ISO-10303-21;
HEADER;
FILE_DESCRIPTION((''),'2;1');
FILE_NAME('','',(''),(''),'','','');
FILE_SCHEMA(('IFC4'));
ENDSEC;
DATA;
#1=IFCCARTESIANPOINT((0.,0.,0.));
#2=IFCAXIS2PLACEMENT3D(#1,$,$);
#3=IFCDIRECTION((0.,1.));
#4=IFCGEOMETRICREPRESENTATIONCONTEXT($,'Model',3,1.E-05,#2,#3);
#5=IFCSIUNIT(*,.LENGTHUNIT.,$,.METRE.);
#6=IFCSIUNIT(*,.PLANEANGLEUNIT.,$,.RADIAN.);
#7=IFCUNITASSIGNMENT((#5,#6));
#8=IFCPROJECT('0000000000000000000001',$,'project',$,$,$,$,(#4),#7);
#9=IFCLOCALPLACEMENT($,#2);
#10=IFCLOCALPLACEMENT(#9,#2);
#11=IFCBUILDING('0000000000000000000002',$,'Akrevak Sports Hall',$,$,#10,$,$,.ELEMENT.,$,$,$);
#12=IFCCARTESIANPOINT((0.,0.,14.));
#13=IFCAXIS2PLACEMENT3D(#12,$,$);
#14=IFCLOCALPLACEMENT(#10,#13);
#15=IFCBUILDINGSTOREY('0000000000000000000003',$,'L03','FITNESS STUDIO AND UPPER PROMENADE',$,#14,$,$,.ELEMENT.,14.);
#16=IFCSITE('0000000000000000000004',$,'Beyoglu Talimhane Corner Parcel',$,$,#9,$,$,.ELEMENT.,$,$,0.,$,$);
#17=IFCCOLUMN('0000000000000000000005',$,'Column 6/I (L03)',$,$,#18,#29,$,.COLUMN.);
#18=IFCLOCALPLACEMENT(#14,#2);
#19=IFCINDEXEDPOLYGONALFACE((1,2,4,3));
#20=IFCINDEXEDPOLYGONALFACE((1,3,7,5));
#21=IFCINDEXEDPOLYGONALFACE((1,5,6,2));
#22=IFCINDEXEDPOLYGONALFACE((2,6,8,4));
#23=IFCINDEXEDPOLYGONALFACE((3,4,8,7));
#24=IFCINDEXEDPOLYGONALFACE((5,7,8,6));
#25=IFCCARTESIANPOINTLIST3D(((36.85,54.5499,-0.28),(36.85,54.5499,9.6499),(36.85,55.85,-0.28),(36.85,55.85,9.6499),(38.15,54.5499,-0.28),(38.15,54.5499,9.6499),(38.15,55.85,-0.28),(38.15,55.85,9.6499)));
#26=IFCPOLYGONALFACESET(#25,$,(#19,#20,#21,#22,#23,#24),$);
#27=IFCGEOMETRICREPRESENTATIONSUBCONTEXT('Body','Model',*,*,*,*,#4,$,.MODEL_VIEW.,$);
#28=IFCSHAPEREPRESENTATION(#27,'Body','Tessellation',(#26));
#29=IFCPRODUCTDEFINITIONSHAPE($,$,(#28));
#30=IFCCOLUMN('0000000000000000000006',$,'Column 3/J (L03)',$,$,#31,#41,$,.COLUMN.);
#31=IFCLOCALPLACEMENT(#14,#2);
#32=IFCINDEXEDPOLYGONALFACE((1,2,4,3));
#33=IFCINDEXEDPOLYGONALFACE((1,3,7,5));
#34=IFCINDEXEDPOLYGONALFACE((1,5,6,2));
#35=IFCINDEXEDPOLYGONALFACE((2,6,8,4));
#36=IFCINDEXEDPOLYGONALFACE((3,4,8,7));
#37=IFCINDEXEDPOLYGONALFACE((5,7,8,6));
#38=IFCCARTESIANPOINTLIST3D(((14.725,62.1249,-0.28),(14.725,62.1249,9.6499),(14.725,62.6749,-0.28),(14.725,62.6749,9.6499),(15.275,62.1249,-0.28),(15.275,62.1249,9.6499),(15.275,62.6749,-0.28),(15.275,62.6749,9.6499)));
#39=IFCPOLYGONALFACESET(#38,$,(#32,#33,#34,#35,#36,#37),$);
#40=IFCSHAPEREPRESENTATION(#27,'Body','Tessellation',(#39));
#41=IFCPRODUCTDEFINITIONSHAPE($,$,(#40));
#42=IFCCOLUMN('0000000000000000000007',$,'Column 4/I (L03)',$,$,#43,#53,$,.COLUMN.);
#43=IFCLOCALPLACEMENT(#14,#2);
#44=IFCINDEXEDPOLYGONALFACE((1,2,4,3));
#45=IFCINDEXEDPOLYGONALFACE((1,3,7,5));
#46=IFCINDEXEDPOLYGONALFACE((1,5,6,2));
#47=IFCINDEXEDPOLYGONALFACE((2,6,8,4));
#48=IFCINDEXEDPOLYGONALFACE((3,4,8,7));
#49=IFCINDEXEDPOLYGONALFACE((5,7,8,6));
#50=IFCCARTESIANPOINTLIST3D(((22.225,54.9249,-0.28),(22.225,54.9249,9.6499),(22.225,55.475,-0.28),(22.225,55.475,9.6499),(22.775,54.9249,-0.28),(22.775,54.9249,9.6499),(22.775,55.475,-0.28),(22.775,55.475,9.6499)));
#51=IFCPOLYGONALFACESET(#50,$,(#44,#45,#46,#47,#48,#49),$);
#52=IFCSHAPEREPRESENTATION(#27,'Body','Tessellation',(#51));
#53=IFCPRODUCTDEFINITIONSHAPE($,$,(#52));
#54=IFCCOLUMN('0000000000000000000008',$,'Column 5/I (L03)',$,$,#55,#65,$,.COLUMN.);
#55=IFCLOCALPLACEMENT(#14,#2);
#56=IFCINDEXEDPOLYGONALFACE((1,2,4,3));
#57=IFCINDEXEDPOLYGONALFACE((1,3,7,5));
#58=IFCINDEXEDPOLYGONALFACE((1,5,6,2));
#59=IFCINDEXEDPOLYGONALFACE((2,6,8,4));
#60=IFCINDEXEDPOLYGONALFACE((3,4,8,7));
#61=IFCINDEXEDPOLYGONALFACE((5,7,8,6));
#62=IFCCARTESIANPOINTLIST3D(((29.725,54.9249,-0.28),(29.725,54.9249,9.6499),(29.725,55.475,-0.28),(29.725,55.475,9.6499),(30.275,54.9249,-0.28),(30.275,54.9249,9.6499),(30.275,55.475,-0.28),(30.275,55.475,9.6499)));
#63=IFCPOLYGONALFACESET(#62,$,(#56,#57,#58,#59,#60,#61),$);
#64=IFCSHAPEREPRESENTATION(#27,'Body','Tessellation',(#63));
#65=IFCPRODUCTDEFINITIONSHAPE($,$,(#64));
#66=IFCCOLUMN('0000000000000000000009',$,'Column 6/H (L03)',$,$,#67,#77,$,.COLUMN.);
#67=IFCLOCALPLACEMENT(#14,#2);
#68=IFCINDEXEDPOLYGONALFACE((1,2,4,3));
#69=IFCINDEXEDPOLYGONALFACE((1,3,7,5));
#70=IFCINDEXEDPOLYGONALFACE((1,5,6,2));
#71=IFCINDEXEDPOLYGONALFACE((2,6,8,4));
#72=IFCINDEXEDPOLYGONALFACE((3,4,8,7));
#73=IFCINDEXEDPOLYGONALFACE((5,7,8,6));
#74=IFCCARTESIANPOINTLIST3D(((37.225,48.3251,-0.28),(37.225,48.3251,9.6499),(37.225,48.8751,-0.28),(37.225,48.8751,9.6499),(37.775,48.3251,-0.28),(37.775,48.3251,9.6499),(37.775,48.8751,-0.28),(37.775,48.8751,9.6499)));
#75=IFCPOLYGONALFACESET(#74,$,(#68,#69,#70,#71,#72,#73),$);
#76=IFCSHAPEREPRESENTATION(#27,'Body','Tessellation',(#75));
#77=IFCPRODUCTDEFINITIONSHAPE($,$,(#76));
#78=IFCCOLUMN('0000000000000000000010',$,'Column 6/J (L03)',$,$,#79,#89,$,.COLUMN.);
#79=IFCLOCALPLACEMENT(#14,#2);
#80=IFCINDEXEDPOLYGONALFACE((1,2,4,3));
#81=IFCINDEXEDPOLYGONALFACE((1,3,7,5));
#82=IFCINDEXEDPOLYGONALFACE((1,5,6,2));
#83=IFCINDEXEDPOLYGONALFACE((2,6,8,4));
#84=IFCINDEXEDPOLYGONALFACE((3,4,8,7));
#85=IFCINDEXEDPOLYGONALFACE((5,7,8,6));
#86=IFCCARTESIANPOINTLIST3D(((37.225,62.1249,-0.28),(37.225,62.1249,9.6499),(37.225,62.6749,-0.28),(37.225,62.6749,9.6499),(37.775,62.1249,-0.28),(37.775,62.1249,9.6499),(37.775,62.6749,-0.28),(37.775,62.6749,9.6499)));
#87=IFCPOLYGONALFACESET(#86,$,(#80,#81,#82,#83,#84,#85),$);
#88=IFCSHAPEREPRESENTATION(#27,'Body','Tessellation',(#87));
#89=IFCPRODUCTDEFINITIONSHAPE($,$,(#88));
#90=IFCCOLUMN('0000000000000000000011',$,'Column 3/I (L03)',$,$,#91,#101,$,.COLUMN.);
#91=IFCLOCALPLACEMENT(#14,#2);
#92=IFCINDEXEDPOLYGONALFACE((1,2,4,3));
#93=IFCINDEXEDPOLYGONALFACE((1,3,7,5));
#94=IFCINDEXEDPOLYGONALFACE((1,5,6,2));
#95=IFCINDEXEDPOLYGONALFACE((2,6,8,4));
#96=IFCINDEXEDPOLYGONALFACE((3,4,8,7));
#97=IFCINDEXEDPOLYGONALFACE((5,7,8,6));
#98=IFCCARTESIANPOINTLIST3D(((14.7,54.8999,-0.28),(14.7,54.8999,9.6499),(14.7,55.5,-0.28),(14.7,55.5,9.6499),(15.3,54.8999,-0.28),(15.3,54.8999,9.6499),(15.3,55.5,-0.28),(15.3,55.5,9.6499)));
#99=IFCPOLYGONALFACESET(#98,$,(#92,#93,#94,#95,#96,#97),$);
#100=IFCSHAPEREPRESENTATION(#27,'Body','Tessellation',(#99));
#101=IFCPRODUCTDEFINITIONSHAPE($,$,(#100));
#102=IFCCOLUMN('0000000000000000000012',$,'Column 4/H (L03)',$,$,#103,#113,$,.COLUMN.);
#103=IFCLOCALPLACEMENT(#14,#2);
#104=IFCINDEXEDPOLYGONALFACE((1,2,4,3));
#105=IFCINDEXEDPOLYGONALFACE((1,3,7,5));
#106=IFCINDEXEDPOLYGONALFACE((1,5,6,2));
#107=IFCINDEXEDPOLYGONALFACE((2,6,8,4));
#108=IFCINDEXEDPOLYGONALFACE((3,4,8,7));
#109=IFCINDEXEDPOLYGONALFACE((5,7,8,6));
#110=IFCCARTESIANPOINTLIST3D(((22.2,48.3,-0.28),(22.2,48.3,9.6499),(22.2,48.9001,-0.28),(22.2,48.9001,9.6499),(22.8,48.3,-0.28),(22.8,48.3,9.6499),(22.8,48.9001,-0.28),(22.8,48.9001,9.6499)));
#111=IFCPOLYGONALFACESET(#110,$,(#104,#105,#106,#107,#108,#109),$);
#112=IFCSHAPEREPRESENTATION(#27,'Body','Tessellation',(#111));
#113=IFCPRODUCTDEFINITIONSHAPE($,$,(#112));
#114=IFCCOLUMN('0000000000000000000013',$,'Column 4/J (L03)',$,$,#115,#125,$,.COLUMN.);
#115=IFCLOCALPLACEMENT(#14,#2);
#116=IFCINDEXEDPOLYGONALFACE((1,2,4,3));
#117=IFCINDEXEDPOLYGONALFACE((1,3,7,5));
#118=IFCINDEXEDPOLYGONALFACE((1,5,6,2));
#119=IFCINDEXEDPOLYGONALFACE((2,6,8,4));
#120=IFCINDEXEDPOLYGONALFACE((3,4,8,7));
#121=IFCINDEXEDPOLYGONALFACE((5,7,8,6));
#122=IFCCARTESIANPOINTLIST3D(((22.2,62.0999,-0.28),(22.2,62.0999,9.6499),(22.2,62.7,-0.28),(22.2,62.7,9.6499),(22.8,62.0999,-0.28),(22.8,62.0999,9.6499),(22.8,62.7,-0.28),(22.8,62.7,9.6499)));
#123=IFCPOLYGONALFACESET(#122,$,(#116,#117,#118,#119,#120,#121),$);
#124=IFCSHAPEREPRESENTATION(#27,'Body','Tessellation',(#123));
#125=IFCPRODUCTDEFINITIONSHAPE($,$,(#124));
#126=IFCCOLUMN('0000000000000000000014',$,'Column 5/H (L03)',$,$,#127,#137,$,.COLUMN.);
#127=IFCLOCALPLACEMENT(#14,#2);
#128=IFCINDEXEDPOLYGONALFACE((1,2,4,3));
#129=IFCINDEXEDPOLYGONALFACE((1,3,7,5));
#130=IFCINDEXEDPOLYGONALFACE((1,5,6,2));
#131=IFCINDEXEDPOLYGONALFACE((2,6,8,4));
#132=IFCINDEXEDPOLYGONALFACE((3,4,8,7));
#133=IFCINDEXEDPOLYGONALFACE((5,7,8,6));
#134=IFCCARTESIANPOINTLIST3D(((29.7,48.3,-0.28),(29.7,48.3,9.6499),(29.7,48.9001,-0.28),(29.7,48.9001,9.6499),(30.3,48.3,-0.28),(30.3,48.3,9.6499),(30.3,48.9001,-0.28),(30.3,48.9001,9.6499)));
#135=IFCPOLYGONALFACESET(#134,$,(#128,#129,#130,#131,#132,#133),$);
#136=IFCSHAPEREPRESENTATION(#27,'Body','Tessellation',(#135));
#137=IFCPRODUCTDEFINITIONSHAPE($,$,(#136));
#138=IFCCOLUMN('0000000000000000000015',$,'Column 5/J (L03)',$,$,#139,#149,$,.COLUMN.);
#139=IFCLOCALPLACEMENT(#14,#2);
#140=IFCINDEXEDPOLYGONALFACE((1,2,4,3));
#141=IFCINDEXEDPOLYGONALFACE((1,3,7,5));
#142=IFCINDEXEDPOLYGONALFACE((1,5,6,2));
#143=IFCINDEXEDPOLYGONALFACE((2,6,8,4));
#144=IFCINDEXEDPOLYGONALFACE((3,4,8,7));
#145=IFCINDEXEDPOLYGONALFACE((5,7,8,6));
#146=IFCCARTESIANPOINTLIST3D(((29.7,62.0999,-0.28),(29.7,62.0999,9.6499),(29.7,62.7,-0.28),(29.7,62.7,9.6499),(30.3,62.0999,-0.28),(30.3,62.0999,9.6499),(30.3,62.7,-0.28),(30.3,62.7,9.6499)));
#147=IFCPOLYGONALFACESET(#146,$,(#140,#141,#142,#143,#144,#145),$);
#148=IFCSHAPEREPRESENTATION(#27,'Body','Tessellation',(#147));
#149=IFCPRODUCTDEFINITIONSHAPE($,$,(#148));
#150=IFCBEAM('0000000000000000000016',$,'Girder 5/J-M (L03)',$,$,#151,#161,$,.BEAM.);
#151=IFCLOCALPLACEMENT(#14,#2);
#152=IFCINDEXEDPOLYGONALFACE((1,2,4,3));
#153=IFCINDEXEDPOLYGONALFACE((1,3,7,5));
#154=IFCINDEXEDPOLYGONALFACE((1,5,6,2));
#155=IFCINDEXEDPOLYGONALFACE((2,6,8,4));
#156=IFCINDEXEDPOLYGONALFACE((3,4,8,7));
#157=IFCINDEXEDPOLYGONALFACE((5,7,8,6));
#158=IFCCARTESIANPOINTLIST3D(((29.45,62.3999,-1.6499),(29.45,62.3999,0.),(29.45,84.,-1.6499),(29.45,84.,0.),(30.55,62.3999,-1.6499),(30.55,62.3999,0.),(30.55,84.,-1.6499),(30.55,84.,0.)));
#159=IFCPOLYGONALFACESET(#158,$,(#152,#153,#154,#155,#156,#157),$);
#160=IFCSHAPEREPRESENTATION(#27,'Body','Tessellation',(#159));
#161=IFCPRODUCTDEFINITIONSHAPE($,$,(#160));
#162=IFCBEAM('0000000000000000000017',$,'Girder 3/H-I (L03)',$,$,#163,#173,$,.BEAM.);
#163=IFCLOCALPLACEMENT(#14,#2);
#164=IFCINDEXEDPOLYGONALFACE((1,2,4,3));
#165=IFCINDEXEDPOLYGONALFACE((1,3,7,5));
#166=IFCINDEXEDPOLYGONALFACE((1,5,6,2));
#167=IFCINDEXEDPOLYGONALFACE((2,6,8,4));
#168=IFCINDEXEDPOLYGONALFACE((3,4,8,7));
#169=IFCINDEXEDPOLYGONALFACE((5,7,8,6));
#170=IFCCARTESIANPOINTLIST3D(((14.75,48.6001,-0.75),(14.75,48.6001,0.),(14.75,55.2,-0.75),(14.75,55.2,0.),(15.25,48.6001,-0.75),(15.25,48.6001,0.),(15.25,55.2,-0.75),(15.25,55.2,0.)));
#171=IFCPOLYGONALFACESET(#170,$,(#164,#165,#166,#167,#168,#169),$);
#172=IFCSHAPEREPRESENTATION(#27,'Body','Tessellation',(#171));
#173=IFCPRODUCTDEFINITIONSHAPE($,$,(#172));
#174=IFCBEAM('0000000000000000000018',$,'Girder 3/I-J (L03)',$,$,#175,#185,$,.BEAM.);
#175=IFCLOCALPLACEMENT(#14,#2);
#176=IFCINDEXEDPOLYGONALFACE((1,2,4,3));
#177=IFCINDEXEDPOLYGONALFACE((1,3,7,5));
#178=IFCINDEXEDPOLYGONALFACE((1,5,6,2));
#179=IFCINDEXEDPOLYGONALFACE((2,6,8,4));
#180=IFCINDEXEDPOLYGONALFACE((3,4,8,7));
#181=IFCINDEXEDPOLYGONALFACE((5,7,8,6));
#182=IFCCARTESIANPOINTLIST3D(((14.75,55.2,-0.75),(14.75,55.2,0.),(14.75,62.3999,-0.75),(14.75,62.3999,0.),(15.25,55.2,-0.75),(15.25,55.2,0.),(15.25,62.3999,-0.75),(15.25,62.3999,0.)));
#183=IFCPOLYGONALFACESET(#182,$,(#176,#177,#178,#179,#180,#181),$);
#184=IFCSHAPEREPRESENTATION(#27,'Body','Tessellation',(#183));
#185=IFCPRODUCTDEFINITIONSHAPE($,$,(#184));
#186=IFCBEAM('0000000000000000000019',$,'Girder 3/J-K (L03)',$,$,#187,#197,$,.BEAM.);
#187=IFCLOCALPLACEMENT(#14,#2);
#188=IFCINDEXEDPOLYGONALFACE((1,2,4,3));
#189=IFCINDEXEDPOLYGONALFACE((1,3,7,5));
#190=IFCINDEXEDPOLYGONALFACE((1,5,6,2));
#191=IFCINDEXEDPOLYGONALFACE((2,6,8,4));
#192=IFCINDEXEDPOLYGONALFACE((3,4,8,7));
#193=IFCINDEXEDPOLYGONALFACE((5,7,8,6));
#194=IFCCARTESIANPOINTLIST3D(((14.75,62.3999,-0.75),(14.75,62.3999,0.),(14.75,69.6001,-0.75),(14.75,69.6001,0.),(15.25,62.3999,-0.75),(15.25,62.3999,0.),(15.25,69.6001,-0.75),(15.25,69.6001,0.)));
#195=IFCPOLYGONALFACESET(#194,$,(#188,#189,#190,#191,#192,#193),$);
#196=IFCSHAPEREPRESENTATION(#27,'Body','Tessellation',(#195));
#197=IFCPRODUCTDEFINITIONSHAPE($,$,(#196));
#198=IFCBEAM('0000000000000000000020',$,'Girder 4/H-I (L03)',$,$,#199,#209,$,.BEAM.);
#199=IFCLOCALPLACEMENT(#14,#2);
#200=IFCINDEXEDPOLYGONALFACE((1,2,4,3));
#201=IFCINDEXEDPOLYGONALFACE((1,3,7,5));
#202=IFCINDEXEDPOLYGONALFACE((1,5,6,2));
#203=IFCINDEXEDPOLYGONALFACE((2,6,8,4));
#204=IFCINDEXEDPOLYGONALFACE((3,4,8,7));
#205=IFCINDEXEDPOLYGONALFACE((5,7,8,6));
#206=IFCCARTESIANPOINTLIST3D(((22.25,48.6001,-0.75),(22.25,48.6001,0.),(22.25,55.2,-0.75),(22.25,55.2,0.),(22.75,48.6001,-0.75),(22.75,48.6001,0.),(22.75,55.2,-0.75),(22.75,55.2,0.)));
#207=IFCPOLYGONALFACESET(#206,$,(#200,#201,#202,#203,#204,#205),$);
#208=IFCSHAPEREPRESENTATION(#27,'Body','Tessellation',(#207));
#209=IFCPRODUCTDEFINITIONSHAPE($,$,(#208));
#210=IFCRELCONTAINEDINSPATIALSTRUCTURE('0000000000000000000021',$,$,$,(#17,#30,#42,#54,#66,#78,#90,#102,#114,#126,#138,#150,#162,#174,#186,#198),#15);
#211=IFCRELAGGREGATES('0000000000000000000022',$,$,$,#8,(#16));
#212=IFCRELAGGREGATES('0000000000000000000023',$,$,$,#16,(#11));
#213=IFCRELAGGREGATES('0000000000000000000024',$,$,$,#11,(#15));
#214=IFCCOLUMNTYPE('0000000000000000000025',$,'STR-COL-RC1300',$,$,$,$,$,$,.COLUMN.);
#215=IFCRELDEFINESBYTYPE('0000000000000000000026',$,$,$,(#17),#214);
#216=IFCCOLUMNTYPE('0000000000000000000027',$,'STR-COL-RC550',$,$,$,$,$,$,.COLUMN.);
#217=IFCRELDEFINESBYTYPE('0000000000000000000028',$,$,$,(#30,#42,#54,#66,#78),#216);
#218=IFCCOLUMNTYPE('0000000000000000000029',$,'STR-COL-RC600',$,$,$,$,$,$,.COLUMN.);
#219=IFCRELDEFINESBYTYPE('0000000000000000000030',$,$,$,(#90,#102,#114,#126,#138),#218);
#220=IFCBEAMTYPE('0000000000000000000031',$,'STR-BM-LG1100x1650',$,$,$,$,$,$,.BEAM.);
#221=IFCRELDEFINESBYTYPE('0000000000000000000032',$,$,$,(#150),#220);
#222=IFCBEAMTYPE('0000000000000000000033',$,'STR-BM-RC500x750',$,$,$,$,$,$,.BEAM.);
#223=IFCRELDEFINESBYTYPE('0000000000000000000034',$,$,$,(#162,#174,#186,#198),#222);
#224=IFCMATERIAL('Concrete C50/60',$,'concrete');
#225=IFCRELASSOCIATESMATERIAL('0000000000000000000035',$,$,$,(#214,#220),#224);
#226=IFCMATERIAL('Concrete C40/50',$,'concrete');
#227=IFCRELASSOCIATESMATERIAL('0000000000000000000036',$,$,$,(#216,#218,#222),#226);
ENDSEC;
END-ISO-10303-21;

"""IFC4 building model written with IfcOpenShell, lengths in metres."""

from ifc_helpers import new_model, si_unit, direction, frame, origin, origin_2d, place, context, subcontext, project, spatial, rectangle, extrude, material, material_profile, profile_set, type_object, element, save


model = new_model("IFC4")

# Units and contexts
model_context = context("Model", 3, precision=1e-05, world=origin(), true_north=direction((0.0, 1.0)))
body_context = subcontext(model_context, "Body", "Model", "MODEL_VIEW")
ifc_project = project(units=[si_unit("LENGTHUNIT", "METRE"), si_unit("PLANEANGLEUNIT", "RADIAN")], contexts=[model_context])

# Site, building, storey
site_placement = place(None, origin())
site = spatial("IfcSite", under=ifc_project, at=site_placement, Name="Beyoglu Talimhane Corner Parcel", CompositionType="ELEMENT", RefElevation=0.0)
building_placement = place(site_placement, origin())
building = spatial("IfcBuilding", under=site, at=building_placement, Name="Akrevak Sports Hall", CompositionType="ELEMENT")
storey_placement = place(building_placement, frame((0.0, 0.0, 14.0)))
storey = spatial("IfcBuildingStorey", under=building, at=storey_placement, Name="L03", Description="FITNESS STUDIO AND UPPER PROMENADE", CompositionType="ELEMENT", Elevation=14.0)

# Columns
ifc_material_1 = material(Name="Concrete C50/60", Category="concrete")
ifc_material_profile_1 = material_profile(ifc_material_1, rectangle(XDim=1.3, YDim=1.3, at=origin_2d()), Name="RC 1300x1300", Category="concrete")
ifc_profile_set_1 = profile_set([ifc_material_profile_1], Name="Concrete C50/60")
column_type_1 = type_object("IfcColumnType", Name="STR-COL-RC1300", PredefinedType="COLUMN", material=ifc_profile_set_1)
column_placement = place(storey_placement, frame((37.5, 55.2, -0.28), z_axis=(0.0, 0.0, 1.0), x_axis=(1.0, 0.0, 0.0)))
element("IfcColumn", 1, at=column_placement, inside=storey, type_object=column_type_1, Name="Column 6/I (L03)", PredefinedType="COLUMN", context=body_context, shape_type="SweptSolid", body=[
    extrude(rectangle(XDim=1.3, YDim=1.3, at=origin_2d()), origin(), (0.0, 0.0, 1.0), 9.9299),
])
ifc_material_2 = material(Name="Concrete C40/50", Category="concrete")
ifc_material_profile_2 = material_profile(ifc_material_2, rectangle(XDim=0.55, YDim=0.55, at=origin_2d()), Name="RC 550x550", Category="concrete")
ifc_profile_set_2 = profile_set([ifc_material_profile_2], Name="Concrete C40/50")
column_type_2 = type_object("IfcColumnType", Name="STR-COL-RC550", PredefinedType="COLUMN", material=ifc_profile_set_2)
for number, where, z_axis, x_axis, name in (
    (2, (15.0, 62.3999, -0.28), (0.0, 0.0, 1.0), (1.0, 0.0, 0.0), "Column 3/J (L03)"),
    (3, (22.5, 55.2, -0.28), (0.0, 0.0, 1.0), (1.0, 0.0, 0.0), "Column 4/I (L03)"),
    (4, (30.0, 55.2, -0.28), (0.0, 0.0, 1.0), (1.0, 0.0, 0.0), "Column 5/I (L03)"),
    (5, (37.5, 48.6001, -0.28), (0.0, 0.0, 1.0), (1.0, 0.0, 0.0), "Column 6/H (L03)"),
    (6, (37.5, 62.3999, -0.28), (0.0, 0.0, 1.0), (1.0, 0.0, 0.0), "Column 6/J (L03)"),
):
    element("IfcColumn", number, at=place(storey_placement, frame(where, z_axis=z_axis, x_axis=x_axis)), inside=storey, type_object=column_type_2, Name=name, PredefinedType="COLUMN", context=body_context, shape_type="SweptSolid", body=[
        extrude(rectangle(XDim=0.55, YDim=0.55, at=origin_2d()), origin(), (0.0, 0.0, 1.0), 9.9299),
    ])
ifc_material_profile_3 = material_profile(ifc_material_2, rectangle(XDim=0.6001, YDim=0.6001, at=origin_2d()), Name="RC 600x600", Category="concrete")
ifc_profile_set_3 = profile_set([ifc_material_profile_3], Name="Concrete C40/50")
column_type_3 = type_object("IfcColumnType", Name="STR-COL-RC600", PredefinedType="COLUMN", material=ifc_profile_set_3)
for number, where, z_axis, x_axis, name in (
    (7, (15.0, 55.2, -0.28), (0.0, 0.0, 1.0), (1.0, 0.0, 0.0), "Column 3/I (L03)"),
    (8, (22.5, 48.6001, -0.28), (0.0, 0.0, 1.0), (1.0, 0.0, 0.0), "Column 4/H (L03)"),
    (9, (22.5, 62.3999, -0.28), (0.0, 0.0, 1.0), (1.0, 0.0, 0.0), "Column 4/J (L03)"),
    (10, (30.0, 48.6001, -0.28), (0.0, 0.0, 1.0), (1.0, 0.0, 0.0), "Column 5/H (L03)"),
    (11, (30.0, 62.3999, -0.28), (0.0, 0.0, 1.0), (1.0, 0.0, 0.0), "Column 5/J (L03)"),
):
    element("IfcColumn", number, at=place(storey_placement, frame(where, z_axis=z_axis, x_axis=x_axis)), inside=storey, type_object=column_type_3, Name=name, PredefinedType="COLUMN", context=body_context, shape_type="SweptSolid", body=[
        extrude(rectangle(XDim=0.6001, YDim=0.6001, at=origin_2d()), origin(), (0.0, 0.0, 1.0), 9.9299),
    ])

# Beams
ifc_material_profile_4 = material_profile(ifc_material_1, rectangle(XDim=1.1001, YDim=1.6499, at=origin_2d()), Name="BM 1100x1650", Category="concrete")
ifc_profile_set_4 = profile_set([ifc_material_profile_4], Name="Concrete C50/60")
beam_type_1 = type_object("IfcBeamType", Name="STR-BM-LG1100x1650", PredefinedType="BEAM", material=ifc_profile_set_4)
beam_1_placement = place(storey_placement, frame((30.0, 62.3999, -0.825), z_axis=(0.0, 1.0, 0.0), x_axis=(-1.0, 0.0, 0.0)))
element("IfcBeam", 12, at=beam_1_placement, inside=storey, type_object=beam_type_1, Name="Girder 5/J-M (L03)", PredefinedType="BEAM", context=body_context, shape_type="SweptSolid", body=[
    extrude(rectangle(XDim=1.1001, YDim=1.6499, at=origin_2d()), origin(), (0.0, 0.0, 1.0), 21.6001),
])
ifc_material_profile_5 = material_profile(ifc_material_2, rectangle(XDim=0.5, YDim=0.75, at=origin_2d()), Name="BM 500x750", Category="concrete")
ifc_profile_set_5 = profile_set([ifc_material_profile_5], Name="Concrete C40/50")
beam_type_2 = type_object("IfcBeamType", Name="STR-BM-RC500x750", PredefinedType="BEAM", material=ifc_profile_set_5)
beam_2_placement = place(storey_placement, frame((15.0, 48.6001, -0.375), z_axis=(0.0, 1.0, 0.0), x_axis=(-1.0, 0.0, 0.0)))
element("IfcBeam", 13, at=beam_2_placement, inside=storey, type_object=beam_type_2, Name="Girder 3/H-I (L03)", PredefinedType="BEAM", context=body_context, shape_type="SweptSolid", body=[
    extrude(rectangle(XDim=0.5, YDim=0.75, at=origin_2d()), origin(), (0.0, 0.0, 1.0), 6.5999),
])
beam_3_placement = place(storey_placement, frame((15.0, 55.2, -0.375), z_axis=(0.0, 1.0, 0.0), x_axis=(-1.0, 0.0, 0.0)))
element("IfcBeam", 14, at=beam_3_placement, inside=storey, type_object=beam_type_2, Name="Girder 3/I-J (L03)", PredefinedType="BEAM", context=body_context, shape_type="SweptSolid", body=[
    extrude(rectangle(XDim=0.5, YDim=0.75, at=origin_2d()), origin(), (0.0, 0.0, 1.0), 7.2),
])
beam_4_placement = place(storey_placement, frame((15.0, 62.3999, -0.375), z_axis=(0.0, 1.0, 0.0), x_axis=(-1.0, 0.0, 0.0)))
element("IfcBeam", 15, at=beam_4_placement, inside=storey, type_object=beam_type_2, Name="Girder 3/J-K (L03)", PredefinedType="BEAM", context=body_context, shape_type="SweptSolid", body=[
    extrude(rectangle(XDim=0.5, YDim=0.75, at=origin_2d()), origin(), (0.0, 0.0, 1.0), 7.2002),
])
for number, where, z_axis, x_axis, name in (
    (16, (22.5, 48.6001, -0.375), (0.0, 1.0, 0.0), (-1.0, 0.0, 0.0), "Girder 4/H-I (L03)"),
):
    element("IfcBeam", number, at=place(storey_placement, frame(where, z_axis=z_axis, x_axis=x_axis)), inside=storey, type_object=beam_type_2, Name=name, PredefinedType="BEAM", context=body_context, shape_type="SweptSolid", body=[
        extrude(rectangle(XDim=0.5, YDim=0.75, at=origin_2d()), origin(), (0.0, 0.0, 1.0), 6.5999),
    ])

save(model, "model.ifc")
